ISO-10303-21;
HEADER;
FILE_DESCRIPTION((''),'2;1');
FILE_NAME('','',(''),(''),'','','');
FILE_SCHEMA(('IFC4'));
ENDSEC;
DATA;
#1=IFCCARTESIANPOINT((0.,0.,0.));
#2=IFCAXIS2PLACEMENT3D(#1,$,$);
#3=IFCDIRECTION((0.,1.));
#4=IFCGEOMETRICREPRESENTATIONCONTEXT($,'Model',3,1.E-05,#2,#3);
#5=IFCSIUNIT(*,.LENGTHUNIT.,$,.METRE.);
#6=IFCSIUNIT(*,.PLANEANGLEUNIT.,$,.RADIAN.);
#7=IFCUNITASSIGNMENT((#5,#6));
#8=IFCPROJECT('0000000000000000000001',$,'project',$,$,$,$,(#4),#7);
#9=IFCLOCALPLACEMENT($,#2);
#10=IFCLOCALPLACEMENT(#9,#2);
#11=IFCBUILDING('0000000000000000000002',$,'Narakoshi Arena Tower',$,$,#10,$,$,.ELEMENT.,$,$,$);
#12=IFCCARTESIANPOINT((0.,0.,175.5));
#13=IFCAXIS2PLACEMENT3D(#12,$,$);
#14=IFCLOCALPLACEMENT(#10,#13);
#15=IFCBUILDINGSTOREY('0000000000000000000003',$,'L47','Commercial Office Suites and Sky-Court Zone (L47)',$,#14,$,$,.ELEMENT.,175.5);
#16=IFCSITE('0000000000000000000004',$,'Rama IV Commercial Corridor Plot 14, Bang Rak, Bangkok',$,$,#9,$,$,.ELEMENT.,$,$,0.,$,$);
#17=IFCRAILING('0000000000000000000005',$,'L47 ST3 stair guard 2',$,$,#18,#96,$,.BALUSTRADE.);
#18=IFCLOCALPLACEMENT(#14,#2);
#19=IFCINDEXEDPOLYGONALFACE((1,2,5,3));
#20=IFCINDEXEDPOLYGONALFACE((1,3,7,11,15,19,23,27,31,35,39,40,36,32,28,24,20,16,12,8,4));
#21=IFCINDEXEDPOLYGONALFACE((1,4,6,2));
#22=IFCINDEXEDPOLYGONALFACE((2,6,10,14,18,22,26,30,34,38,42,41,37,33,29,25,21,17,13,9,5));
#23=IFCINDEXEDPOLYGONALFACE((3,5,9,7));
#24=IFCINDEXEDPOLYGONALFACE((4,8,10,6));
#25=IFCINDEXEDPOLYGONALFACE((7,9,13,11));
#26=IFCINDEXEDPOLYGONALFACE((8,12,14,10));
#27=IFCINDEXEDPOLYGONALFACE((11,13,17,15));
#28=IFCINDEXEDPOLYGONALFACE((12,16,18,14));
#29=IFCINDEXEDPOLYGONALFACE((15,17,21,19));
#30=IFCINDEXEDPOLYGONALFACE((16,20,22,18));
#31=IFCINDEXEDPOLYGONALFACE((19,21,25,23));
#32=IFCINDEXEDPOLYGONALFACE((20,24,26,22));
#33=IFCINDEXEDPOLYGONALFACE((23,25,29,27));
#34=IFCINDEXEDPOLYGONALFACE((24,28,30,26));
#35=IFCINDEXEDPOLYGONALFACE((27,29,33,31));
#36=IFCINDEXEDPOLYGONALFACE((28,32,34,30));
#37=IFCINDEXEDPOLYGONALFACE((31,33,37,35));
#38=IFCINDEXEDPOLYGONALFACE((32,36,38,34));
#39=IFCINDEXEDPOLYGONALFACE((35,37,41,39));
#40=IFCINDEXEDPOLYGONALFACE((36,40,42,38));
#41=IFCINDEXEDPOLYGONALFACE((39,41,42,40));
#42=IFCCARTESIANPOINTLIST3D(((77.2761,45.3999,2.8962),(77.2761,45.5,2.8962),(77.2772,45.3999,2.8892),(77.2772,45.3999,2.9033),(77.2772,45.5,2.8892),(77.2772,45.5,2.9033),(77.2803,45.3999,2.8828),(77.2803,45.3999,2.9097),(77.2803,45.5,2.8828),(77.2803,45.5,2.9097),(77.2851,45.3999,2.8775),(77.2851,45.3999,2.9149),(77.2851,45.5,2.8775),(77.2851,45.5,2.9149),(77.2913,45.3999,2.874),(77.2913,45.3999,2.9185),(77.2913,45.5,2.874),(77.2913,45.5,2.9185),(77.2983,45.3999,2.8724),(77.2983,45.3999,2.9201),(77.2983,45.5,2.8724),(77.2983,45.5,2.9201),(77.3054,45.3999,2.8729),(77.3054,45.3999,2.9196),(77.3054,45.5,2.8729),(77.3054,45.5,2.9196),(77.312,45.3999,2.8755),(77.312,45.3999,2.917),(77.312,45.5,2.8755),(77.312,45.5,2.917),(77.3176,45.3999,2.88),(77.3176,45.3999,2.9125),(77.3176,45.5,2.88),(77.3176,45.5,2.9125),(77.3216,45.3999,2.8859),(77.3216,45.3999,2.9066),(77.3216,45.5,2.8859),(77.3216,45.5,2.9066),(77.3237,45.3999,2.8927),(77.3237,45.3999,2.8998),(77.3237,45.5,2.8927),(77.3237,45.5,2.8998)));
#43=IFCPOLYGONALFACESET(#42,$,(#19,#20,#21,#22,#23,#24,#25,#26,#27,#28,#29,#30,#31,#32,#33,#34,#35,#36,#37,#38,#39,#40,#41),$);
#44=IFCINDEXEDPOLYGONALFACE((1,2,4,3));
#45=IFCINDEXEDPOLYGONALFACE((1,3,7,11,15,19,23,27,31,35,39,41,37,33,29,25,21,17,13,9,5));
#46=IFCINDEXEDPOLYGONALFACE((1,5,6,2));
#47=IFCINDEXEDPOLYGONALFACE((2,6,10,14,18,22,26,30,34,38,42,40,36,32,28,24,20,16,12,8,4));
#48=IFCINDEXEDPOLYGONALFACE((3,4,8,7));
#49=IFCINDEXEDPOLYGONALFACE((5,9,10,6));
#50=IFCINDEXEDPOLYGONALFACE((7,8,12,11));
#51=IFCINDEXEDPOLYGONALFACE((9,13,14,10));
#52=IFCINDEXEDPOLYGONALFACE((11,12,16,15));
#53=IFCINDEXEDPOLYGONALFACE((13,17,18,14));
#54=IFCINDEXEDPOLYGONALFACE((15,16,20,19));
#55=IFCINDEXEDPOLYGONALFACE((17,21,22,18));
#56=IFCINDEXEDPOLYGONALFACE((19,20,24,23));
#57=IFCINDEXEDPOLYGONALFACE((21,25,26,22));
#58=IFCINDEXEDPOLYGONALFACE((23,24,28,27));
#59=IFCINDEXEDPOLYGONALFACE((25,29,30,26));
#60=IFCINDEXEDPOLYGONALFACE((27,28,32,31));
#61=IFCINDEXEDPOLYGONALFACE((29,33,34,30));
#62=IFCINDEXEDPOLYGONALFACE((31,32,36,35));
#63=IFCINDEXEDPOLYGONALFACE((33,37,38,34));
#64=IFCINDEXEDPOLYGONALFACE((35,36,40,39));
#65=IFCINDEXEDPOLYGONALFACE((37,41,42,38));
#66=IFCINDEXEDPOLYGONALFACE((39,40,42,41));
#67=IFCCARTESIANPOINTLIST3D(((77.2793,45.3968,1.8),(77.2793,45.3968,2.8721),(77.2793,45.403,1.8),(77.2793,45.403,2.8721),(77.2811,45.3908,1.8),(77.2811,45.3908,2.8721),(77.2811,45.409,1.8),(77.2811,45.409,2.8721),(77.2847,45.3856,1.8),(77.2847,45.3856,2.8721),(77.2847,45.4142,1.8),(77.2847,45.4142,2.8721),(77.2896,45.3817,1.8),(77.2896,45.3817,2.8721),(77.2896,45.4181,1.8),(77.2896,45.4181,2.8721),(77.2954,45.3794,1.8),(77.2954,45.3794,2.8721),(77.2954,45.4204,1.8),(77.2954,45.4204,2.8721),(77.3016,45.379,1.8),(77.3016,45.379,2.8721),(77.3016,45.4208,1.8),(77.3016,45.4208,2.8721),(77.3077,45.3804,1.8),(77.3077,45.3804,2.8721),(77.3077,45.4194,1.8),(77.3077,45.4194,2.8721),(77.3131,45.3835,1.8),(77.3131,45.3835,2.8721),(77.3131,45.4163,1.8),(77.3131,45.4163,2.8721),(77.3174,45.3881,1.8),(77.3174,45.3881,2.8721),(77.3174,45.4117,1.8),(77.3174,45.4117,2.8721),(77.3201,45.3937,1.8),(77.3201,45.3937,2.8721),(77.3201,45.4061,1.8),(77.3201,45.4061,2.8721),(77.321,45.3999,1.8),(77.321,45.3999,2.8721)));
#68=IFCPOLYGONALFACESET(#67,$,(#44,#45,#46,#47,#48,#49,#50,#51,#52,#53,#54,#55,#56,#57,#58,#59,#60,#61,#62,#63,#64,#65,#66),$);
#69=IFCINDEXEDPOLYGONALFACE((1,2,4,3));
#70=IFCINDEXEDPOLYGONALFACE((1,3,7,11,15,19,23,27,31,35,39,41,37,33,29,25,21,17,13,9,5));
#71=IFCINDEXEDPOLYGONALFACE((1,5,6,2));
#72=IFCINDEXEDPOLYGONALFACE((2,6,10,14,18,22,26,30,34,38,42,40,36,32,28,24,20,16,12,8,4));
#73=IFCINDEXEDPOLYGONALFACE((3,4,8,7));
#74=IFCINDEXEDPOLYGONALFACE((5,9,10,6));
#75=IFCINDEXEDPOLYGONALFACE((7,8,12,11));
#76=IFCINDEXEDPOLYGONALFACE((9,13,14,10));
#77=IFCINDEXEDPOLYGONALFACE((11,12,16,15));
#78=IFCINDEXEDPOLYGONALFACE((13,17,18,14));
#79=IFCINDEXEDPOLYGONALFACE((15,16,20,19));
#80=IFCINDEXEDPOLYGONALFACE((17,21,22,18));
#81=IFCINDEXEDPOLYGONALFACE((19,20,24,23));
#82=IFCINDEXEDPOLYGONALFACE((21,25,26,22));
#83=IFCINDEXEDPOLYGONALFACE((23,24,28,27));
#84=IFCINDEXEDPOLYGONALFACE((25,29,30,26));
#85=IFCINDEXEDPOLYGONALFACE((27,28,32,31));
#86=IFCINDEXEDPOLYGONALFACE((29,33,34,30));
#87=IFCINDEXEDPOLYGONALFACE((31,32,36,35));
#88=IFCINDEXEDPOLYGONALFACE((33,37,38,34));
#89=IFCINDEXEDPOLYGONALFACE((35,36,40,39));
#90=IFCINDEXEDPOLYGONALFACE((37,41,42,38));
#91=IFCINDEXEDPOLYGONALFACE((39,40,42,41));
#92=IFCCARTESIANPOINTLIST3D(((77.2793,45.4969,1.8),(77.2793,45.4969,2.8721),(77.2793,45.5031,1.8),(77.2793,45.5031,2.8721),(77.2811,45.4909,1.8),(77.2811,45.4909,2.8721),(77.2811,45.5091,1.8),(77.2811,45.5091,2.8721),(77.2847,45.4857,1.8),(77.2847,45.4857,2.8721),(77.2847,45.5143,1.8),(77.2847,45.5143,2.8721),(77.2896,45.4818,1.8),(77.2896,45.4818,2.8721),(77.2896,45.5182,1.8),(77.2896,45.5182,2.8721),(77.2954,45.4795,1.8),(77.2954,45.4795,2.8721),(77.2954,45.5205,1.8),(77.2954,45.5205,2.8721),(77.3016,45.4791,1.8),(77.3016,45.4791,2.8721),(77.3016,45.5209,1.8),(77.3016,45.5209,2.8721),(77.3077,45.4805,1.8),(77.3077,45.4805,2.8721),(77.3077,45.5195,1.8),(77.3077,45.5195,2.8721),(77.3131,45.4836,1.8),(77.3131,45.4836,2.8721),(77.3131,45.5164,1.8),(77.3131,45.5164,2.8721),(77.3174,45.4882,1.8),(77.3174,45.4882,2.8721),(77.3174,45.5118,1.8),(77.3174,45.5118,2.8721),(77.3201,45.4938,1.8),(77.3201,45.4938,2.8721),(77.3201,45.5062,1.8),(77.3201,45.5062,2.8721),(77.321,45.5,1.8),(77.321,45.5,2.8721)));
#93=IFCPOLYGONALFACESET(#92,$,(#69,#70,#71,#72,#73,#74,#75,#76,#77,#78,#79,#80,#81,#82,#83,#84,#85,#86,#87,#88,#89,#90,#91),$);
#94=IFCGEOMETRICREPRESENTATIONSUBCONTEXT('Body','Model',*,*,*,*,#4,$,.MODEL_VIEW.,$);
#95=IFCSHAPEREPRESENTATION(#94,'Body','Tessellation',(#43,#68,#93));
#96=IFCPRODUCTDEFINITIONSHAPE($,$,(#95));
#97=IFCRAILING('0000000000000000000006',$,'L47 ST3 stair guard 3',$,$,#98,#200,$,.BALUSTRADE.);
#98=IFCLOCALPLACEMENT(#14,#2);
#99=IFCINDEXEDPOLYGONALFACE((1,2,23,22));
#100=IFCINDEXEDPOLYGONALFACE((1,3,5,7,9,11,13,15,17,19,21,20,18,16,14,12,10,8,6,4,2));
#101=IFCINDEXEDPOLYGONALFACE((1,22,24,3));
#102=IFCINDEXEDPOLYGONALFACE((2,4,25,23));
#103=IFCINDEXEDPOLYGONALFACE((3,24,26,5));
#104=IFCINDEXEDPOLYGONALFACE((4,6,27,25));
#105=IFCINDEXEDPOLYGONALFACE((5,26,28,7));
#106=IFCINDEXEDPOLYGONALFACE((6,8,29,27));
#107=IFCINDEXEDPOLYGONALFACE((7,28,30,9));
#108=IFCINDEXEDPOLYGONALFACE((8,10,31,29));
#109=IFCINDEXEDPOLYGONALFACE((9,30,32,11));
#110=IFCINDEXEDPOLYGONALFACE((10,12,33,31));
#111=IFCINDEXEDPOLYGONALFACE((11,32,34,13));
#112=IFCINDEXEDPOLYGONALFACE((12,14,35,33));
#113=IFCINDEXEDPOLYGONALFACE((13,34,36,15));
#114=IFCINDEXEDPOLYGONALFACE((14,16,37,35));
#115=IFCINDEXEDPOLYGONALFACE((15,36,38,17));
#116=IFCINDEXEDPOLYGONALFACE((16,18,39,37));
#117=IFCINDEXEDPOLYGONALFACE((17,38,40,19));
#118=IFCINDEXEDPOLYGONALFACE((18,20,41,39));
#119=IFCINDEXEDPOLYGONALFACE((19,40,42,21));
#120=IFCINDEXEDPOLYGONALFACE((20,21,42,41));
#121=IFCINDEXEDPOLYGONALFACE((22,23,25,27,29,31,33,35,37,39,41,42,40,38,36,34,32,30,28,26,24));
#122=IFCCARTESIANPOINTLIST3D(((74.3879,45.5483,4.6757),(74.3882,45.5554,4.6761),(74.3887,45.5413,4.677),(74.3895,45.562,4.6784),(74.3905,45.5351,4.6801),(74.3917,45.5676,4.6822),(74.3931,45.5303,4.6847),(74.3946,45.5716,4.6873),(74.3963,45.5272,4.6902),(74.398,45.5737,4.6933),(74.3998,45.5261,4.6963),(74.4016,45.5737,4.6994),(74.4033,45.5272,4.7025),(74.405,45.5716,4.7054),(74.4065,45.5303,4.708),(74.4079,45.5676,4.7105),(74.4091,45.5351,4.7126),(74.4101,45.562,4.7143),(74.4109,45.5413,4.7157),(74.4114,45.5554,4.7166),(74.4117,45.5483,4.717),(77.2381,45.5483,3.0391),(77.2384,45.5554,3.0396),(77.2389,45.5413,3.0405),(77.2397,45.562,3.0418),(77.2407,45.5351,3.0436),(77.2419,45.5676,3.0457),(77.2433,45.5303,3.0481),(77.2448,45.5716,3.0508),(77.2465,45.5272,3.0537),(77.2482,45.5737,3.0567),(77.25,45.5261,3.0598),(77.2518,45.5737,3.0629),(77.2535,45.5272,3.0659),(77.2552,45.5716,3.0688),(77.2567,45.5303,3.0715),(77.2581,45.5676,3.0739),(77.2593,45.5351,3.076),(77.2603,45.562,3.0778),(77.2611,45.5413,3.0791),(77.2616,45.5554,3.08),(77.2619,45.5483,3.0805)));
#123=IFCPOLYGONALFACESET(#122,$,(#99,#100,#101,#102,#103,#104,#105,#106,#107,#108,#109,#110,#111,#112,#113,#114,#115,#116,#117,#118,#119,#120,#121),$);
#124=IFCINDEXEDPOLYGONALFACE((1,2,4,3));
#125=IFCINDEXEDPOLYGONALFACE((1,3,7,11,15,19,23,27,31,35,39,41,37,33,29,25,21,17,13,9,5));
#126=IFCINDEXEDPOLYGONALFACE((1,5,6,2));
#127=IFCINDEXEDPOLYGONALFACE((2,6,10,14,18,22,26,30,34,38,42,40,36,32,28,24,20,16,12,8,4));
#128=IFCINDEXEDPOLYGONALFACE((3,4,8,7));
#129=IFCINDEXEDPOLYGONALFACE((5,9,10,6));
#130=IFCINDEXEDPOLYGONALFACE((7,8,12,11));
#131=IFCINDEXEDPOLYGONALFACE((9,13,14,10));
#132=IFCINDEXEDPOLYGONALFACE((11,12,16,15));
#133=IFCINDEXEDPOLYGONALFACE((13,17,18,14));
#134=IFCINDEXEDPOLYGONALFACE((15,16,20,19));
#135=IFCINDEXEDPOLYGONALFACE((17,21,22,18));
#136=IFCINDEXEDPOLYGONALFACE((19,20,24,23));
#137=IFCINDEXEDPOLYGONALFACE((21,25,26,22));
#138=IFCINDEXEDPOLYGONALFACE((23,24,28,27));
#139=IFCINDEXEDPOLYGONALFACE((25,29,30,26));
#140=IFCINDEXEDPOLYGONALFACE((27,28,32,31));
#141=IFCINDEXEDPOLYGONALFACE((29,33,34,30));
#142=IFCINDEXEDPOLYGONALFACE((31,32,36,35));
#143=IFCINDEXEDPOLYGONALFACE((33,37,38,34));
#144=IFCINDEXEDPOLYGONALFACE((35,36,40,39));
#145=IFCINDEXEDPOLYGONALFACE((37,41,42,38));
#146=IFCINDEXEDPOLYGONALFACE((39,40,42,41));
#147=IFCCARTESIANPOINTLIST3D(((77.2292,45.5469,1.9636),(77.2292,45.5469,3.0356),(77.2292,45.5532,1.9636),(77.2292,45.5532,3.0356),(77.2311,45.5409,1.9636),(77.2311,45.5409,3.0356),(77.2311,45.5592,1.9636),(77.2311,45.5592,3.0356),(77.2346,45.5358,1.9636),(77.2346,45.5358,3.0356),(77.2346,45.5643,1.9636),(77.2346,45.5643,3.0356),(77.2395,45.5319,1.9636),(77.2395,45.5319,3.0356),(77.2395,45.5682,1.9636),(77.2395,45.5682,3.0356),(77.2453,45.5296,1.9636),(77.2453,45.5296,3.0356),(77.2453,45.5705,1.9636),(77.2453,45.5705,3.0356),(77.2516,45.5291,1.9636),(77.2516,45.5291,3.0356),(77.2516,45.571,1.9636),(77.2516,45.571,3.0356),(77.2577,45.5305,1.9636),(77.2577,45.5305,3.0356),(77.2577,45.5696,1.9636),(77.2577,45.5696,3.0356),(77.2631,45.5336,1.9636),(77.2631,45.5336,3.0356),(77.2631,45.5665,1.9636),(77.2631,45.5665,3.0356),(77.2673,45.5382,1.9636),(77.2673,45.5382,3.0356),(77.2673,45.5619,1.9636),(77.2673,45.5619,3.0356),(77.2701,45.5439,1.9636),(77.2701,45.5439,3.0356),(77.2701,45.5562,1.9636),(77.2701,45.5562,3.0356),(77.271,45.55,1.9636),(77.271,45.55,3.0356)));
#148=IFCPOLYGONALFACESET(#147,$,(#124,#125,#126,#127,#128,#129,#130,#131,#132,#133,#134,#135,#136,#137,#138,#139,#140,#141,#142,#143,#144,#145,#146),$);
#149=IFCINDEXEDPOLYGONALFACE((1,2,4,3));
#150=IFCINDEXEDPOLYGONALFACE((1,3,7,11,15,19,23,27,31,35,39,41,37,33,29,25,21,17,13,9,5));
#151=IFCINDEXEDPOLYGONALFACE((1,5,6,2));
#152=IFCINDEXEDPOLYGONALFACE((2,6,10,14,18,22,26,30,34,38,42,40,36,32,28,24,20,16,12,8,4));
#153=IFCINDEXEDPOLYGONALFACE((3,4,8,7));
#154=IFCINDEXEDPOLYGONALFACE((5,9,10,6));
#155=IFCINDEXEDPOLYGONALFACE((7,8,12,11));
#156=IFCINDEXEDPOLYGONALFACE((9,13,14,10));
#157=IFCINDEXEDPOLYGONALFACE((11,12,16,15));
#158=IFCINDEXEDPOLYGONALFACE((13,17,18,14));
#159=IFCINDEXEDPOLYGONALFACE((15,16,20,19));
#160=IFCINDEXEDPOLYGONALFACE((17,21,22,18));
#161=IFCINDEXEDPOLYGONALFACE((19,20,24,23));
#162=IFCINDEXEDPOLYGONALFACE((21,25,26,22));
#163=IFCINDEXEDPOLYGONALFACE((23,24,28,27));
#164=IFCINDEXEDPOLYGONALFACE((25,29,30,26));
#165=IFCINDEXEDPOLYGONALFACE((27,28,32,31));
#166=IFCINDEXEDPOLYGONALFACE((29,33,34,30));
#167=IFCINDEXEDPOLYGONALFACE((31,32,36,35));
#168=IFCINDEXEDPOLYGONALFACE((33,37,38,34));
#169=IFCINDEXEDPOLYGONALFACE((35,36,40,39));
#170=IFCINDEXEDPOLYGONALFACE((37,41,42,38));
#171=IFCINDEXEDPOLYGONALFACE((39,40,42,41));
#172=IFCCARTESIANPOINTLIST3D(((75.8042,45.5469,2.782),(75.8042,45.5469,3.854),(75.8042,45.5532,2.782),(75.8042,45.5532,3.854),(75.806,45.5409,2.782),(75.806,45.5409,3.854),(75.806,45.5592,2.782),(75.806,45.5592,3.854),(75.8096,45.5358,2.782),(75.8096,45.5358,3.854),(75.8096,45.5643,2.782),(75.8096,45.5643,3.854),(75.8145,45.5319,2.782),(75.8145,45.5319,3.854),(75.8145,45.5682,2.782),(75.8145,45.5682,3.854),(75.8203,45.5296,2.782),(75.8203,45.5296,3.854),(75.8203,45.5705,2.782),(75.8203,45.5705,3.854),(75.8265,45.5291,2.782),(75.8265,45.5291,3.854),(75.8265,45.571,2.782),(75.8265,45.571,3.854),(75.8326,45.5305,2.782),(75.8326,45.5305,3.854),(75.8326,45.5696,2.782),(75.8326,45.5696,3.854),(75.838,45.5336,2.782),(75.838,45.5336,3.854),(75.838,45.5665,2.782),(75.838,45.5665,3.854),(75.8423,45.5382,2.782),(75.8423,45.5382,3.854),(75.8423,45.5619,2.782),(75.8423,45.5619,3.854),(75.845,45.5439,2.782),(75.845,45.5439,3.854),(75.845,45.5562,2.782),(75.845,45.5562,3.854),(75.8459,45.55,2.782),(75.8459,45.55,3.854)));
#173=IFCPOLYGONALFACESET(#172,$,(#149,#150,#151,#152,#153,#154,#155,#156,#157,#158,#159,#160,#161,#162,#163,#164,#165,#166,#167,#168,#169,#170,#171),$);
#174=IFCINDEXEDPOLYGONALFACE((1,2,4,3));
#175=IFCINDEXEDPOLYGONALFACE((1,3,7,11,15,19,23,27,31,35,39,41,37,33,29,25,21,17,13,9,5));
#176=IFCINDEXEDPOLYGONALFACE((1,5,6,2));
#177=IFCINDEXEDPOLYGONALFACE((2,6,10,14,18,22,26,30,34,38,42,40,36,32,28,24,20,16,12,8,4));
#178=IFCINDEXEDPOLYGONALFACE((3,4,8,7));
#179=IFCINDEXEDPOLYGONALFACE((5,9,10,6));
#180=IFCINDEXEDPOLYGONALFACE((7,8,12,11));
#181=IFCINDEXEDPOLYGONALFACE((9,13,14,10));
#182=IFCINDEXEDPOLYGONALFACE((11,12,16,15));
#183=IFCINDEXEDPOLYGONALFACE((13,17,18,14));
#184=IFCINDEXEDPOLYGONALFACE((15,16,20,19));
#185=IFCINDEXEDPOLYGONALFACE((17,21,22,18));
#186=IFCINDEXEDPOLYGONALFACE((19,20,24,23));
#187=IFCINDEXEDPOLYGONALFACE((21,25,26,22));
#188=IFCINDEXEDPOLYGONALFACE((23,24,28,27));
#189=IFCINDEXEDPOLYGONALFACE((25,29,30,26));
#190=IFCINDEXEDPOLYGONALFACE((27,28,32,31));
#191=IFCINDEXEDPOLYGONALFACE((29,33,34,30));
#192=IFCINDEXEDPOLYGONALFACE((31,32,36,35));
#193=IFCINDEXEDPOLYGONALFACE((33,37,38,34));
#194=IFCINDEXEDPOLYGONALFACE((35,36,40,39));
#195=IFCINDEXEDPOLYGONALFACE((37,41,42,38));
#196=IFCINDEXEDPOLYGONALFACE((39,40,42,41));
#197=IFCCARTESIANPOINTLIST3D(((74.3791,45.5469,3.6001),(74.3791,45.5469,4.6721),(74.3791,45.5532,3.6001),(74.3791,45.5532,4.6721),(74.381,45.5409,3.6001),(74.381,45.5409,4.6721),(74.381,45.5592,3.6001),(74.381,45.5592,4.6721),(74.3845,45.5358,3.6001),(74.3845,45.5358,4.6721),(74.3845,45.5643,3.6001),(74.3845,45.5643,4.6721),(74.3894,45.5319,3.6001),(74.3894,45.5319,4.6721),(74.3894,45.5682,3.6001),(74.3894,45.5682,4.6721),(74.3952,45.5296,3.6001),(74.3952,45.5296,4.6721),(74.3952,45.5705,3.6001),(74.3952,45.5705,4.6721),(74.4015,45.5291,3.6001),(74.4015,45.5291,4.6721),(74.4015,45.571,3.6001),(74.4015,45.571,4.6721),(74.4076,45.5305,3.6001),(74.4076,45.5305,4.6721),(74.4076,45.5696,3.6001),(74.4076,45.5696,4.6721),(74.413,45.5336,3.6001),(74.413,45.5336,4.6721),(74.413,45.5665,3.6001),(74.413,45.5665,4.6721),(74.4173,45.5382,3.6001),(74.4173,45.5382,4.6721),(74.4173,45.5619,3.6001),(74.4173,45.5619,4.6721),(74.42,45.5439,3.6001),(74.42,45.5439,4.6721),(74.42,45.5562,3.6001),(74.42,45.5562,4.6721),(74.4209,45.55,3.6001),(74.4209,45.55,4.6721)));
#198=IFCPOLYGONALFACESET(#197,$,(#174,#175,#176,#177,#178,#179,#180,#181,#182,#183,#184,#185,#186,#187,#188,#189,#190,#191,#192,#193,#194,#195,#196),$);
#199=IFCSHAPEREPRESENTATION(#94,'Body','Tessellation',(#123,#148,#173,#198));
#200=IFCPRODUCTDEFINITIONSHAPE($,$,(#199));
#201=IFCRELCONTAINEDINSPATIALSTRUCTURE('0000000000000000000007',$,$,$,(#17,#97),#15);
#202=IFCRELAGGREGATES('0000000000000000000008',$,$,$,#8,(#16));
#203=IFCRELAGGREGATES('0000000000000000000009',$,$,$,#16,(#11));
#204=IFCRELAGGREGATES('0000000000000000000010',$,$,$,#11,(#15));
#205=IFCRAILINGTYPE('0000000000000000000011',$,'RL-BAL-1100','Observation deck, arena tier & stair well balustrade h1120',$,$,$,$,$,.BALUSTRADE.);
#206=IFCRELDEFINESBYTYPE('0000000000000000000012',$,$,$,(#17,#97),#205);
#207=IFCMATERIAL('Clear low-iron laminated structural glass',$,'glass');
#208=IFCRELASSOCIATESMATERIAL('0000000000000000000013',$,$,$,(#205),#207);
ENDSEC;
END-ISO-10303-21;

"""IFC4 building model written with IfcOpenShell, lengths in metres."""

from ifc_helpers import new_model, si_unit, direction, frame, origin, origin_2d, place, context, subcontext, project, spatial, circle, extrude, material, type_object, element, save


model = new_model("IFC4")

# Units and contexts
model_context = context("Model", 3, precision=1e-05, world=origin(), true_north=direction((0.0, 1.0)))
body_context = subcontext(model_context, "Body", "Model", "MODEL_VIEW")
ifc_project = project(units=[si_unit("LENGTHUNIT", "METRE"), si_unit("PLANEANGLEUNIT", "RADIAN")], contexts=[model_context])

# Site, building, storey
site_placement = place(None, origin())
site = spatial("IfcSite", under=ifc_project, at=site_placement, Name="Rama IV Commercial Corridor Plot 14, Bang Rak, Bangkok", CompositionType="ELEMENT", RefElevation=0.0)
building_placement = place(site_placement, origin())
building = spatial("IfcBuilding", under=site, at=building_placement, Name="Narakoshi Arena Tower", CompositionType="ELEMENT")
storey_placement = place(building_placement, frame((0.0, 0.0, 175.5)))
storey = spatial("IfcBuildingStorey", under=building, at=storey_placement, Name="L47", Description="Commercial Office Suites and Sky-Court Zone (L47)", CompositionType="ELEMENT", Elevation=175.5)

# Railings
ifc_material_1 = material(Name="Clear low-iron laminated structural glass", Category="glass")
railing_type_1 = type_object("IfcRailingType", Name="RL-BAL-1100", Description="Observation deck, arena tier & stair well balustrade h1120", PredefinedType="BALUSTRADE", material=ifc_material_1)
railing_1_placement = place(storey_placement, frame((77.3, 45.3999, 1.8)))
element("IfcRailing", 1, at=railing_1_placement, inside=storey, type_object=railing_type_1, Name="L47 ST3 stair guard 2", PredefinedType="BALUSTRADE", context=body_context, shape_type="SweptSolid", body=[
    extrude(circle(Radius=0.0239, at=origin_2d()), frame((0.0, 0.0, 1.0962), z_axis=(0.0, 1.0, 0.0), x_axis=(-1.0, 0.0, 0.0)), (0.0, 0.0, 1.0), 0.1001),
    extrude(circle(Radius=0.021, at=origin_2d()), origin(), (0.0, 0.0, 1.0), 1.072),
    extrude(circle(Radius=0.021, at=origin_2d()), frame((0.0, 0.1001, 0.0)), (0.0, 0.0, 1.0), 1.072),
])
railing_2_placement = place(storey_placement, frame((77.25, 45.55, 1.9636)))
element("IfcRailing", 2, at=railing_2_placement, inside=storey, type_object=railing_type_1, Name="L47 ST3 stair guard 3", PredefinedType="BALUSTRADE", context=body_context, shape_type="SweptSolid", body=[
    extrude(circle(Radius=0.0239, at=origin_2d()), frame((0.0, 0.0, 1.0962), z_axis=(-0.867213, 0.0, 0.497938), x_axis=(0.0, -1.0, 0.0)), (0.0, 0.0, 1.0), 3.2866),
    extrude(circle(Radius=0.021, at=origin_2d()), origin(), (0.0, 0.0, 1.0), 1.072),
    extrude(circle(Radius=0.021, at=origin_2d()), frame((-1.425, 0.0, 0.8184)), (0.0, 0.0, 1.0), 1.072),
    extrude(circle(Radius=0.021, at=origin_2d()), frame((-2.8501, 0.0, 1.6365)), (0.0, 0.0, 1.0), 1.072),
])

save(model, "model.ifc")
